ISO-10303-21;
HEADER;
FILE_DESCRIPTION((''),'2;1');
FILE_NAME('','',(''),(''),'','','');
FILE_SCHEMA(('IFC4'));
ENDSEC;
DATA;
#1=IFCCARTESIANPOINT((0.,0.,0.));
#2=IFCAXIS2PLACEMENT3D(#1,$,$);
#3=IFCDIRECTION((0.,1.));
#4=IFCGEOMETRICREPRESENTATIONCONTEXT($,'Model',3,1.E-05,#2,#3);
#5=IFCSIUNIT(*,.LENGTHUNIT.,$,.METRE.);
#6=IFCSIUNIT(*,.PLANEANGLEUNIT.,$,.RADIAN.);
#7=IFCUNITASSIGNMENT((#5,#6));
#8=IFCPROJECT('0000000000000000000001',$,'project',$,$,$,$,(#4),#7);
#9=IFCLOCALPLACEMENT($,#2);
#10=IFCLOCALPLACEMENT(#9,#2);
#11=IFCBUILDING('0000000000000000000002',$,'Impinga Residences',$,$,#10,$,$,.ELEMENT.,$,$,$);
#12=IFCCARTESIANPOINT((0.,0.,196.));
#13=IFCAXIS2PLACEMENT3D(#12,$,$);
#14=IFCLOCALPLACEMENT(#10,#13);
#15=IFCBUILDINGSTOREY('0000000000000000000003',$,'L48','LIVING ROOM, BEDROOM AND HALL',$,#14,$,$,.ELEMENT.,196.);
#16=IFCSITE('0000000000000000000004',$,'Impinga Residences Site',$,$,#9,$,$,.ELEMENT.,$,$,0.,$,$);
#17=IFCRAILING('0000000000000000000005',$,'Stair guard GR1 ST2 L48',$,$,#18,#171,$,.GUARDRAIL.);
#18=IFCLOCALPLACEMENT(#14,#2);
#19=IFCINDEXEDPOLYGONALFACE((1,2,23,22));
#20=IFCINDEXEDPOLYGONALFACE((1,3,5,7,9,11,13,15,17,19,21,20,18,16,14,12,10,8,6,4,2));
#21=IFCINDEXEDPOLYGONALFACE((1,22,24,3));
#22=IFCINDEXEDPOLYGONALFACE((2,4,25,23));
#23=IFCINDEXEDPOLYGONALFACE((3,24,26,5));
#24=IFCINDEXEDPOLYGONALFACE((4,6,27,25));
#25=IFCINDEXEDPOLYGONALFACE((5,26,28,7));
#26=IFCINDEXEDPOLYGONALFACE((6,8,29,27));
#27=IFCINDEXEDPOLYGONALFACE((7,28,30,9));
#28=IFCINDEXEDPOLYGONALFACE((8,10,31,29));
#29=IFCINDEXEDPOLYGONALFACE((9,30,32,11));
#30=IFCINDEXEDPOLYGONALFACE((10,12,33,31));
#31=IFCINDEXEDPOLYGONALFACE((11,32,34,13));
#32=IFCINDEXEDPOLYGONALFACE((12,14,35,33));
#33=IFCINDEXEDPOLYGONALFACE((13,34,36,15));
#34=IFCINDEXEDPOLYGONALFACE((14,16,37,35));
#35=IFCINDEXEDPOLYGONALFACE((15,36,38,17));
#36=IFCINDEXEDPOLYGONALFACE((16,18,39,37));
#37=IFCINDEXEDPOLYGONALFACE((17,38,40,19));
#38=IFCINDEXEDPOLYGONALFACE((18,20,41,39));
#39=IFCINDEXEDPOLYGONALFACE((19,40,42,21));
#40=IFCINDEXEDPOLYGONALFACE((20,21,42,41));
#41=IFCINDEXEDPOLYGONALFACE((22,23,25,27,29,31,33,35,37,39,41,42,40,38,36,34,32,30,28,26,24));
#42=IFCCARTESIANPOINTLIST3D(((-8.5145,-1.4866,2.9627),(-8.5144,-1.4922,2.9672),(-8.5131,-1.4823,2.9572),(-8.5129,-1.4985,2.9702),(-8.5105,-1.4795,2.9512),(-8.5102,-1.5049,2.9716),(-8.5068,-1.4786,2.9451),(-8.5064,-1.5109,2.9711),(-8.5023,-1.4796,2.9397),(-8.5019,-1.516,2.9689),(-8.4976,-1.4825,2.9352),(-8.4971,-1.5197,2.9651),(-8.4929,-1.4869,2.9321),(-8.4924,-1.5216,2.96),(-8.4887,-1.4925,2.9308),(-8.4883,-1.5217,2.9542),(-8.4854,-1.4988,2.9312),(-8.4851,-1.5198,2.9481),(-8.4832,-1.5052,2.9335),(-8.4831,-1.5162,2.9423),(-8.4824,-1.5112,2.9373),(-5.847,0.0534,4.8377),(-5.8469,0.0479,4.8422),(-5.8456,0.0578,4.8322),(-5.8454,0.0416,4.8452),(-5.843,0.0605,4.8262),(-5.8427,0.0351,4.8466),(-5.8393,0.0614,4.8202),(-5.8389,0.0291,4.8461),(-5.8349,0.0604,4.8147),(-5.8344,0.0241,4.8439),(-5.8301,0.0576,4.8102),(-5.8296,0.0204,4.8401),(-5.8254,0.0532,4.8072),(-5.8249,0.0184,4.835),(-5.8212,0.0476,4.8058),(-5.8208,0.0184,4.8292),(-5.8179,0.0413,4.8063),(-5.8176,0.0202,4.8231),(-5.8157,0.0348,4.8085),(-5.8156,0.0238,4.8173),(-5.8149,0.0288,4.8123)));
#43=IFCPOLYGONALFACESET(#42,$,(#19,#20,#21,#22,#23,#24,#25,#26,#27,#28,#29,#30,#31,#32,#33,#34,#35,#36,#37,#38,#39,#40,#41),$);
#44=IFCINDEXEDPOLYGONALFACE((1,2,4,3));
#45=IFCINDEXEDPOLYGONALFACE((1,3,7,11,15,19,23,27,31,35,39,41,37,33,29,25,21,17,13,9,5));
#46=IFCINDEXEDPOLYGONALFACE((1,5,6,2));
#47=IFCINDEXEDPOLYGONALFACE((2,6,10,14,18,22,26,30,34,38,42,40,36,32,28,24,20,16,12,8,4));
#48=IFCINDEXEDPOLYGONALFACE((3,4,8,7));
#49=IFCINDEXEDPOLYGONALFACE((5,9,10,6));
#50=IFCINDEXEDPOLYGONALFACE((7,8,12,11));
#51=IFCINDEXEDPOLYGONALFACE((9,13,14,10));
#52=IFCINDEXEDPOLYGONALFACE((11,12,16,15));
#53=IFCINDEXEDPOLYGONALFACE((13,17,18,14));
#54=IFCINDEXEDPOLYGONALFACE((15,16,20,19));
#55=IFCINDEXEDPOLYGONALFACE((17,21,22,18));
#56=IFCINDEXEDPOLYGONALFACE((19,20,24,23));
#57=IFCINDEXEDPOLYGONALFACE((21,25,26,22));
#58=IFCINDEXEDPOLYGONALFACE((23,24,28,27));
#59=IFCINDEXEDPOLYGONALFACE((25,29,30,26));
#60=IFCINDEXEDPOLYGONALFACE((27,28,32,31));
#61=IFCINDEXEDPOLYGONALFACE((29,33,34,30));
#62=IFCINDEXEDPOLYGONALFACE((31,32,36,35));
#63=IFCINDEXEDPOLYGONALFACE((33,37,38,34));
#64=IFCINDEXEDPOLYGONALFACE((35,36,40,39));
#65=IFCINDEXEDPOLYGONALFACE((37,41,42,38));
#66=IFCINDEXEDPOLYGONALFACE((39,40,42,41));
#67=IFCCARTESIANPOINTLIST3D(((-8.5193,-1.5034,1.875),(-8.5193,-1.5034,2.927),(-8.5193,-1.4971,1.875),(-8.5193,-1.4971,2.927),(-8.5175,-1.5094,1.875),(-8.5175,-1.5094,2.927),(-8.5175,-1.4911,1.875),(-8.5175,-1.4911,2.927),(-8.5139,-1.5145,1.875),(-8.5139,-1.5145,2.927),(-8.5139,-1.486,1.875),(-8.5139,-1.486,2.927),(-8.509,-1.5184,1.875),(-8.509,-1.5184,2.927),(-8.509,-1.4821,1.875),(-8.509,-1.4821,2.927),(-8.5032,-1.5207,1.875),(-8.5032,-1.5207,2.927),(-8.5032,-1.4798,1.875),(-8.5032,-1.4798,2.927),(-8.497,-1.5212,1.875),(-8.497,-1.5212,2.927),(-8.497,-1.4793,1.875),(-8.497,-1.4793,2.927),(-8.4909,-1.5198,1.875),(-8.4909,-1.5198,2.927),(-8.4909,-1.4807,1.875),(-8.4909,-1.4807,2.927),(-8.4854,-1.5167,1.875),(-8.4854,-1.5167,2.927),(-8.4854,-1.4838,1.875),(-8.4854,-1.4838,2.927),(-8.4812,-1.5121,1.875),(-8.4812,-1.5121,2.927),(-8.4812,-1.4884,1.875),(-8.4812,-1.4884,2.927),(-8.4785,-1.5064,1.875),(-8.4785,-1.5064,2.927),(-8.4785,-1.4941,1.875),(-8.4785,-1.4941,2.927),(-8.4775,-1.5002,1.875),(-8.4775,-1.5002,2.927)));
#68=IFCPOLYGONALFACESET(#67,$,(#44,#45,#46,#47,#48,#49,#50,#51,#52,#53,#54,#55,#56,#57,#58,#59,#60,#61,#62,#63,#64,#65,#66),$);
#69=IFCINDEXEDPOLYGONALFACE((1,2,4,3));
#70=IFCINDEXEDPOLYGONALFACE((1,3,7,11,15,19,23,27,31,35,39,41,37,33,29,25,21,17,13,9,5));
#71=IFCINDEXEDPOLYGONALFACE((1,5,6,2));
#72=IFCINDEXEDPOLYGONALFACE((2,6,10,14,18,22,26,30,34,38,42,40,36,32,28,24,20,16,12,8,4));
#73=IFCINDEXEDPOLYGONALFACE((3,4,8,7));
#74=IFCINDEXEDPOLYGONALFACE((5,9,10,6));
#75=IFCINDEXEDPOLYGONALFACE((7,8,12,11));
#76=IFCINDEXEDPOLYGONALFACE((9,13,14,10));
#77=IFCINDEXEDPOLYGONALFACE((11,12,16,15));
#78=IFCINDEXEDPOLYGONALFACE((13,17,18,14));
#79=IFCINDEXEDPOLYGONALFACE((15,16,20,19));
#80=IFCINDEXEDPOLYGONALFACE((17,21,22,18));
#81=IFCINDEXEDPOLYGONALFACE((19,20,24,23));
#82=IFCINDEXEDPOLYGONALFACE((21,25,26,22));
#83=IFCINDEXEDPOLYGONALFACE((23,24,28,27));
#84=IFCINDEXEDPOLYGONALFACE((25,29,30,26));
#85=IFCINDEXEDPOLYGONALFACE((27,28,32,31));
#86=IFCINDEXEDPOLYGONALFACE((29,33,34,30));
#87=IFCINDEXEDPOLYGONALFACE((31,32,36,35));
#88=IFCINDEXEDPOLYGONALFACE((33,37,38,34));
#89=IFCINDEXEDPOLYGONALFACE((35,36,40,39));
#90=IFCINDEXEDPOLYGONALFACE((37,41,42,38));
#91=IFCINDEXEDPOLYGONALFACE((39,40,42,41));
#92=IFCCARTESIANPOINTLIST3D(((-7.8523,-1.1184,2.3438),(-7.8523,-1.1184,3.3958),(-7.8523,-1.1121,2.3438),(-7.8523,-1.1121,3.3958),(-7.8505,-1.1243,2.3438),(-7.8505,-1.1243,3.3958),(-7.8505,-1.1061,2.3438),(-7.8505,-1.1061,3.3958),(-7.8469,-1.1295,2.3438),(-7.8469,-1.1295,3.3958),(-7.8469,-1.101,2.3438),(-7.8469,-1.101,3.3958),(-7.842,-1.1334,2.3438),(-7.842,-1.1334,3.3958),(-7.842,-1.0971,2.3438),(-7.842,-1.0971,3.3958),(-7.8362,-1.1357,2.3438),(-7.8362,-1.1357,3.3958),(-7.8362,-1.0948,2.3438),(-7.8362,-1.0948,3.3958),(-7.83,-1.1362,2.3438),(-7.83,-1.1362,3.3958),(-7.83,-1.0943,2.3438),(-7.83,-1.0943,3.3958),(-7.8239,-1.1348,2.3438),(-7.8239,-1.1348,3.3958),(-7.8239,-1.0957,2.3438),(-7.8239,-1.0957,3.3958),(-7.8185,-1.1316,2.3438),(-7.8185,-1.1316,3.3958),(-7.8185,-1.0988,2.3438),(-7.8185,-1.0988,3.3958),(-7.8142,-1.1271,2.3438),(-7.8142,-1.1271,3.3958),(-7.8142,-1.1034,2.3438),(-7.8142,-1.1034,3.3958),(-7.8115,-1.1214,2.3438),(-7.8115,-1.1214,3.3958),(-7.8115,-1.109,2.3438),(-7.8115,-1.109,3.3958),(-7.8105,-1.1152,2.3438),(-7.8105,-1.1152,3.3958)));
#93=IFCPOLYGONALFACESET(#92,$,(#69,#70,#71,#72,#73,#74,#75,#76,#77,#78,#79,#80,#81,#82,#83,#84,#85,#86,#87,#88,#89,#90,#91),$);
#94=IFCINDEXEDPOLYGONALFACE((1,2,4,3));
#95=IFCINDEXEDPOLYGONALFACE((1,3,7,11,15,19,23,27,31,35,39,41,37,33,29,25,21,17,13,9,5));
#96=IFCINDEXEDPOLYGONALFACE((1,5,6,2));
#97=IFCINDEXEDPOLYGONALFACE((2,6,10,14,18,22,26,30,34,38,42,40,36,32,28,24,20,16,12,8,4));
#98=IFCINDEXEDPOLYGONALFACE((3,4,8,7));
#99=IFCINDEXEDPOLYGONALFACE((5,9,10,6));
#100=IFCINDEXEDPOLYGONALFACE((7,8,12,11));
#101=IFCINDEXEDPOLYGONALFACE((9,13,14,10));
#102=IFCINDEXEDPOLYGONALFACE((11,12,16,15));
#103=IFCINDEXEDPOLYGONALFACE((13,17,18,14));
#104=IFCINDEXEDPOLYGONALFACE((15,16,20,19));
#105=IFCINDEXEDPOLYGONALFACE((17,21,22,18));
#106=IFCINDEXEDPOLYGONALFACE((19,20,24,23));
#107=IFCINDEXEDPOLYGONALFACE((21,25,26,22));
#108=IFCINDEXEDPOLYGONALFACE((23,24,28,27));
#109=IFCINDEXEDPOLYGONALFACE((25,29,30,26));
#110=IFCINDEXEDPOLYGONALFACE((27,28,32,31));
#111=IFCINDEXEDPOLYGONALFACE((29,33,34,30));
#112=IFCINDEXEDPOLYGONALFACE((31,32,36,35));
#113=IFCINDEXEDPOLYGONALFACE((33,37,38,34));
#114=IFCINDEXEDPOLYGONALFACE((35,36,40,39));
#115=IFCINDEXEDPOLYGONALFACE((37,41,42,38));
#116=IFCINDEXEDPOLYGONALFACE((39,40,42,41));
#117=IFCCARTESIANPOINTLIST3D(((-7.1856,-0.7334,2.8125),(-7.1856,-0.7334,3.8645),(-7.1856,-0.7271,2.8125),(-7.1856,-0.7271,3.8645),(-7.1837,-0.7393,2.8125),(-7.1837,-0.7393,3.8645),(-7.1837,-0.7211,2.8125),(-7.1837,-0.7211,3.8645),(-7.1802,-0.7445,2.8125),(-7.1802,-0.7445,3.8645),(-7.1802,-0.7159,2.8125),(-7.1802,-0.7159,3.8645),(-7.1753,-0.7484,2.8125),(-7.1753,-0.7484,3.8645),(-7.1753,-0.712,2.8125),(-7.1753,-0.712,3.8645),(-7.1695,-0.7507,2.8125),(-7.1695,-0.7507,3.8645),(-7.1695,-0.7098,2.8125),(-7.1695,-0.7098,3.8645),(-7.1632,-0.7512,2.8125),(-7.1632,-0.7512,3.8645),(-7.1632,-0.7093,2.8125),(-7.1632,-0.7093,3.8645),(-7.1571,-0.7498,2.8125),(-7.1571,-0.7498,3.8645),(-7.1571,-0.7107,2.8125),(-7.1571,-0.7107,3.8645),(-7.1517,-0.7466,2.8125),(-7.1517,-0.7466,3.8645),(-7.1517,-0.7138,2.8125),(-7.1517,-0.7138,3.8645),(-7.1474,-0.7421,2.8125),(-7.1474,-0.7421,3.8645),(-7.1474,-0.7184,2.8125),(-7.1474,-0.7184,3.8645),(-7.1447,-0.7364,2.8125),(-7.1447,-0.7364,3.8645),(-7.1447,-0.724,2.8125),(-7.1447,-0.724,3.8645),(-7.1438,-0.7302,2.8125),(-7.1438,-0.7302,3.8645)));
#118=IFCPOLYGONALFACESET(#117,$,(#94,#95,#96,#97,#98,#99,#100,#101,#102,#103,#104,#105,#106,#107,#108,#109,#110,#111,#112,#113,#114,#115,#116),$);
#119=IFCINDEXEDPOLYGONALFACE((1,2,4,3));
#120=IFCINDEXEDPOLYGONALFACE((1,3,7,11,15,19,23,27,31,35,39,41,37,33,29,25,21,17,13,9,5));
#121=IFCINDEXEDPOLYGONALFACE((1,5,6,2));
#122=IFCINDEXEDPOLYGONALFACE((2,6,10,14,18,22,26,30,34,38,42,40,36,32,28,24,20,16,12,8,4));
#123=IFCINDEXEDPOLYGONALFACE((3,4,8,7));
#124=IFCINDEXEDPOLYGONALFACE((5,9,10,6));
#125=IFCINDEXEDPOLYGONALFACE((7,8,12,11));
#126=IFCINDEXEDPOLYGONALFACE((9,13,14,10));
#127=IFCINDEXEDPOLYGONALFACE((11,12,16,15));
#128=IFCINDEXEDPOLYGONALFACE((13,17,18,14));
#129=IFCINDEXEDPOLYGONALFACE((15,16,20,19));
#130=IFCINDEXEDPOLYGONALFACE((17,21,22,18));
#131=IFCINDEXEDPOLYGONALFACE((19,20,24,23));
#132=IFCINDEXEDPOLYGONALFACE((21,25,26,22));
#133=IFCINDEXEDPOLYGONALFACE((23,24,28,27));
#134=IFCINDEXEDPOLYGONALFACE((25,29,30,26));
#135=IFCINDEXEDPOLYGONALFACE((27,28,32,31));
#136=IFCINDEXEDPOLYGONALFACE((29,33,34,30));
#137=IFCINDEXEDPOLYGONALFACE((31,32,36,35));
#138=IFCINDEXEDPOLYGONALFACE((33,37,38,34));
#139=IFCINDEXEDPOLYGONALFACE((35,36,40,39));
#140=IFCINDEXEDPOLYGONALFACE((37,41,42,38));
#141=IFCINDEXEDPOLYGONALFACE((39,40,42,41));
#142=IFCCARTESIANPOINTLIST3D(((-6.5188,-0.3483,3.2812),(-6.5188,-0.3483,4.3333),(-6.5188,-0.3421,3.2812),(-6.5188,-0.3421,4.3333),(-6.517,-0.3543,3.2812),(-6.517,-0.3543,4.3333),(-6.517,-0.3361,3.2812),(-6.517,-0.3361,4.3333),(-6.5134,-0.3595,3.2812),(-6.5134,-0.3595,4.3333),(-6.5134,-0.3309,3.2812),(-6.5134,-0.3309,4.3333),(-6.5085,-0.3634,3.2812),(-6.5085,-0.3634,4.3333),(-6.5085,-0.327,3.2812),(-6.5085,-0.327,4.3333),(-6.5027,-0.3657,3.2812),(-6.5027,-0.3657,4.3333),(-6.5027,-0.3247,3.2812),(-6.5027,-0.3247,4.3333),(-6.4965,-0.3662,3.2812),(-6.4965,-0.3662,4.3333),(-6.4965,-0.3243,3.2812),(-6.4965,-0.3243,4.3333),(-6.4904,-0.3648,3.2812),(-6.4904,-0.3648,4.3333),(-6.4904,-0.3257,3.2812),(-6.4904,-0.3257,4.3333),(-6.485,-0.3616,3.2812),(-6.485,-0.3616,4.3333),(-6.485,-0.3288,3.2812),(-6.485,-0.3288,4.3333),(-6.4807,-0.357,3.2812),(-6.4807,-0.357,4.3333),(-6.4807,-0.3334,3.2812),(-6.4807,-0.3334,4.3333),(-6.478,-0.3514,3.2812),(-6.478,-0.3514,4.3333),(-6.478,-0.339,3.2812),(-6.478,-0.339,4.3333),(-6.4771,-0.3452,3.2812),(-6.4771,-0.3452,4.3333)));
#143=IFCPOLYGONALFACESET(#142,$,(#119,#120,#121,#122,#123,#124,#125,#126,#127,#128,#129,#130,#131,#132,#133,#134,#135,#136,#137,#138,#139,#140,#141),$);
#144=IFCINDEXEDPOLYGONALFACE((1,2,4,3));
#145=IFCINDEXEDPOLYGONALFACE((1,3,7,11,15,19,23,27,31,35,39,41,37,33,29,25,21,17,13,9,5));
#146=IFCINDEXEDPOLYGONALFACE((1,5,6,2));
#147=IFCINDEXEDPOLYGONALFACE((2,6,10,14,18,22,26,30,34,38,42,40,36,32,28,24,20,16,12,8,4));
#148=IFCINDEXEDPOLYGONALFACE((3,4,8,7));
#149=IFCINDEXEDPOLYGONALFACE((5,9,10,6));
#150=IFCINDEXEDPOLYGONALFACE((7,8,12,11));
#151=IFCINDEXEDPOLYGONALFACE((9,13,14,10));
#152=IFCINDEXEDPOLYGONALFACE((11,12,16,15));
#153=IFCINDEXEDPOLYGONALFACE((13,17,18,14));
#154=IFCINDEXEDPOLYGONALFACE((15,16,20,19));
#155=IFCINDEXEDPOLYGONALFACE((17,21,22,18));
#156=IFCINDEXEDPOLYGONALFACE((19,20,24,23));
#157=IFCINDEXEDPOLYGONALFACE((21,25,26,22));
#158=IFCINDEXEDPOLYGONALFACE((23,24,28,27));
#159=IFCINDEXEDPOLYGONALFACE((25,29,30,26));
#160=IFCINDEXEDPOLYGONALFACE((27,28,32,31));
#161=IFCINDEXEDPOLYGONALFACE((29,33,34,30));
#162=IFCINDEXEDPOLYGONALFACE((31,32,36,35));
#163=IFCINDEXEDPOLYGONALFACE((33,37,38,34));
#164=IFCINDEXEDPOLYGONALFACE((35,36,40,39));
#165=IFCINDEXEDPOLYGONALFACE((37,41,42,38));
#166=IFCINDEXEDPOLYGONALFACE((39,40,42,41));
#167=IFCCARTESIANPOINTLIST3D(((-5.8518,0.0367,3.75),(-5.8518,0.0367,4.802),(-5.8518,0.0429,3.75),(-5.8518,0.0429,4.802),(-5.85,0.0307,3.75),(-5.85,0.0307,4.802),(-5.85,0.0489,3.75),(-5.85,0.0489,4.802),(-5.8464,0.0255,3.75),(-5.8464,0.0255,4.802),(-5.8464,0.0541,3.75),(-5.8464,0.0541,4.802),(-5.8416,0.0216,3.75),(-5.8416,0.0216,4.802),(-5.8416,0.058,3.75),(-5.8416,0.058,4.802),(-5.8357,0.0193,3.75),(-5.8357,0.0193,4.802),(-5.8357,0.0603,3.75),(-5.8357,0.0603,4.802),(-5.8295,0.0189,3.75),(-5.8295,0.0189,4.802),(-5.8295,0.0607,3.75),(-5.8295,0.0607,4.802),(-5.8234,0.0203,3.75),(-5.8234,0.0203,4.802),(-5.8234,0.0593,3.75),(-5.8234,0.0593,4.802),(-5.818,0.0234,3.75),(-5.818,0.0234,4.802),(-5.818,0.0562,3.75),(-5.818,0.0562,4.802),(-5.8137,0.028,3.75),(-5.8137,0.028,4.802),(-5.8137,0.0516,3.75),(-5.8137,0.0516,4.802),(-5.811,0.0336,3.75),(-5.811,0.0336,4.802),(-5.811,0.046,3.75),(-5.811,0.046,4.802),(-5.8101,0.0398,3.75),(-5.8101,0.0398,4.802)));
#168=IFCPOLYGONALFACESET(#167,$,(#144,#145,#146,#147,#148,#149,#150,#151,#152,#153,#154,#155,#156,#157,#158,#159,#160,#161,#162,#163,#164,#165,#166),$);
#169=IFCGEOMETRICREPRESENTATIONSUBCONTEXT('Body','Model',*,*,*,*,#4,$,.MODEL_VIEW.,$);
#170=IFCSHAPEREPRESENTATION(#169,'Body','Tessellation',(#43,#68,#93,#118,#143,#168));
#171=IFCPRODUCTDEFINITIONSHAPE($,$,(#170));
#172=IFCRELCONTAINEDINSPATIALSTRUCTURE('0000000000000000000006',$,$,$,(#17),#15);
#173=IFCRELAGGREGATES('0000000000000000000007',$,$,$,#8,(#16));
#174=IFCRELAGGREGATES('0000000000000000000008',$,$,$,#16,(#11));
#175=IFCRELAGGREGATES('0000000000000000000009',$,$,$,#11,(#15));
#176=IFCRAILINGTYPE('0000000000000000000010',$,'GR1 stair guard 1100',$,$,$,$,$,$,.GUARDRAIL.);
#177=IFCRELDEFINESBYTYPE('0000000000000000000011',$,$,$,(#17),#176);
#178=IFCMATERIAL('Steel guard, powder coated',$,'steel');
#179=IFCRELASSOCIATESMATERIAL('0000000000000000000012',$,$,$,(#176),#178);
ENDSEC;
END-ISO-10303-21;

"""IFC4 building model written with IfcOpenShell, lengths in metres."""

from ifc_helpers import new_model, si_unit, direction, frame, origin, origin_2d, place, context, subcontext, project, spatial, circle, extrude, material, type_object, element, save


model = new_model("IFC4")

# Units and contexts
model_context = context("Model", 3, precision=1e-05, world=origin(), true_north=direction((0.0, 1.0)))
body_context = subcontext(model_context, "Body", "Model", "MODEL_VIEW")
ifc_project = project(units=[si_unit("LENGTHUNIT", "METRE"), si_unit("PLANEANGLEUNIT", "RADIAN")], contexts=[model_context])

# Site, building, storey
site_placement = place(None, origin())
site = spatial("IfcSite", under=ifc_project, at=site_placement, Name="Impinga Residences Site", CompositionType="ELEMENT", RefElevation=0.0)
building_placement = place(site_placement, origin())
building = spatial("IfcBuilding", under=site, at=building_placement, Name="Impinga Residences", CompositionType="ELEMENT")
storey_placement = place(building_placement, frame((0.0, 0.0, 196.0)))
storey = spatial("IfcBuildingStorey", under=building, at=storey_placement, Name="L48", Description="LIVING ROOM, BEDROOM AND HALL", CompositionType="ELEMENT", Elevation=196.0)

# Railing
ifc_material_1 = material(Name="Steel guard, powder coated", Category="steel")
railing_type_1 = type_object("IfcRailingType", Name="GR1 stair guard 1100", PredefinedType="GUARDRAIL", material=ifc_material_1)
railing_1_placement = place(storey_placement, frame((-8.4985, -1.5002, 1.875)))
element("IfcRailing", 1, at=railing_1_placement, inside=storey, type_object=railing_type_1, Name="Stair guard GR1 ST2 L48", PredefinedType="GUARDRAIL", context=body_context, shape_type="SweptSolid", body=[
    extrude(circle(Radius=0.0239, at=origin_2d()), frame((0.0, 0.0, 1.0762), z_axis=(0.739746, 0.427084, 0.519975), x_axis=(-0.499992, 0.86603, 0.0)), (0.0, 0.0, 1.0), 3.606),
    extrude(circle(Radius=0.021, at=origin_2d()), origin(), (0.0, 0.0, 1.0), 1.052),
    extrude(circle(Radius=0.021, at=origin_2d()), frame((0.667, 0.385, 0.4688)), (0.0, 0.0, 1.0), 1.052),
    extrude(circle(Radius=0.021, at=origin_2d()), frame((1.3337, 0.77, 0.9375)), (0.0, 0.0, 1.0), 1.052),
    extrude(circle(Radius=0.021, at=origin_2d()), frame((2.0005, 1.155, 1.4062)), (0.0, 0.0, 1.0), 1.052),
    extrude(circle(Radius=0.021, at=origin_2d()), frame((2.6675, 1.54, 1.875)), (0.0, 0.0, 1.0), 1.052),
])

save(model, "model.ifc")
